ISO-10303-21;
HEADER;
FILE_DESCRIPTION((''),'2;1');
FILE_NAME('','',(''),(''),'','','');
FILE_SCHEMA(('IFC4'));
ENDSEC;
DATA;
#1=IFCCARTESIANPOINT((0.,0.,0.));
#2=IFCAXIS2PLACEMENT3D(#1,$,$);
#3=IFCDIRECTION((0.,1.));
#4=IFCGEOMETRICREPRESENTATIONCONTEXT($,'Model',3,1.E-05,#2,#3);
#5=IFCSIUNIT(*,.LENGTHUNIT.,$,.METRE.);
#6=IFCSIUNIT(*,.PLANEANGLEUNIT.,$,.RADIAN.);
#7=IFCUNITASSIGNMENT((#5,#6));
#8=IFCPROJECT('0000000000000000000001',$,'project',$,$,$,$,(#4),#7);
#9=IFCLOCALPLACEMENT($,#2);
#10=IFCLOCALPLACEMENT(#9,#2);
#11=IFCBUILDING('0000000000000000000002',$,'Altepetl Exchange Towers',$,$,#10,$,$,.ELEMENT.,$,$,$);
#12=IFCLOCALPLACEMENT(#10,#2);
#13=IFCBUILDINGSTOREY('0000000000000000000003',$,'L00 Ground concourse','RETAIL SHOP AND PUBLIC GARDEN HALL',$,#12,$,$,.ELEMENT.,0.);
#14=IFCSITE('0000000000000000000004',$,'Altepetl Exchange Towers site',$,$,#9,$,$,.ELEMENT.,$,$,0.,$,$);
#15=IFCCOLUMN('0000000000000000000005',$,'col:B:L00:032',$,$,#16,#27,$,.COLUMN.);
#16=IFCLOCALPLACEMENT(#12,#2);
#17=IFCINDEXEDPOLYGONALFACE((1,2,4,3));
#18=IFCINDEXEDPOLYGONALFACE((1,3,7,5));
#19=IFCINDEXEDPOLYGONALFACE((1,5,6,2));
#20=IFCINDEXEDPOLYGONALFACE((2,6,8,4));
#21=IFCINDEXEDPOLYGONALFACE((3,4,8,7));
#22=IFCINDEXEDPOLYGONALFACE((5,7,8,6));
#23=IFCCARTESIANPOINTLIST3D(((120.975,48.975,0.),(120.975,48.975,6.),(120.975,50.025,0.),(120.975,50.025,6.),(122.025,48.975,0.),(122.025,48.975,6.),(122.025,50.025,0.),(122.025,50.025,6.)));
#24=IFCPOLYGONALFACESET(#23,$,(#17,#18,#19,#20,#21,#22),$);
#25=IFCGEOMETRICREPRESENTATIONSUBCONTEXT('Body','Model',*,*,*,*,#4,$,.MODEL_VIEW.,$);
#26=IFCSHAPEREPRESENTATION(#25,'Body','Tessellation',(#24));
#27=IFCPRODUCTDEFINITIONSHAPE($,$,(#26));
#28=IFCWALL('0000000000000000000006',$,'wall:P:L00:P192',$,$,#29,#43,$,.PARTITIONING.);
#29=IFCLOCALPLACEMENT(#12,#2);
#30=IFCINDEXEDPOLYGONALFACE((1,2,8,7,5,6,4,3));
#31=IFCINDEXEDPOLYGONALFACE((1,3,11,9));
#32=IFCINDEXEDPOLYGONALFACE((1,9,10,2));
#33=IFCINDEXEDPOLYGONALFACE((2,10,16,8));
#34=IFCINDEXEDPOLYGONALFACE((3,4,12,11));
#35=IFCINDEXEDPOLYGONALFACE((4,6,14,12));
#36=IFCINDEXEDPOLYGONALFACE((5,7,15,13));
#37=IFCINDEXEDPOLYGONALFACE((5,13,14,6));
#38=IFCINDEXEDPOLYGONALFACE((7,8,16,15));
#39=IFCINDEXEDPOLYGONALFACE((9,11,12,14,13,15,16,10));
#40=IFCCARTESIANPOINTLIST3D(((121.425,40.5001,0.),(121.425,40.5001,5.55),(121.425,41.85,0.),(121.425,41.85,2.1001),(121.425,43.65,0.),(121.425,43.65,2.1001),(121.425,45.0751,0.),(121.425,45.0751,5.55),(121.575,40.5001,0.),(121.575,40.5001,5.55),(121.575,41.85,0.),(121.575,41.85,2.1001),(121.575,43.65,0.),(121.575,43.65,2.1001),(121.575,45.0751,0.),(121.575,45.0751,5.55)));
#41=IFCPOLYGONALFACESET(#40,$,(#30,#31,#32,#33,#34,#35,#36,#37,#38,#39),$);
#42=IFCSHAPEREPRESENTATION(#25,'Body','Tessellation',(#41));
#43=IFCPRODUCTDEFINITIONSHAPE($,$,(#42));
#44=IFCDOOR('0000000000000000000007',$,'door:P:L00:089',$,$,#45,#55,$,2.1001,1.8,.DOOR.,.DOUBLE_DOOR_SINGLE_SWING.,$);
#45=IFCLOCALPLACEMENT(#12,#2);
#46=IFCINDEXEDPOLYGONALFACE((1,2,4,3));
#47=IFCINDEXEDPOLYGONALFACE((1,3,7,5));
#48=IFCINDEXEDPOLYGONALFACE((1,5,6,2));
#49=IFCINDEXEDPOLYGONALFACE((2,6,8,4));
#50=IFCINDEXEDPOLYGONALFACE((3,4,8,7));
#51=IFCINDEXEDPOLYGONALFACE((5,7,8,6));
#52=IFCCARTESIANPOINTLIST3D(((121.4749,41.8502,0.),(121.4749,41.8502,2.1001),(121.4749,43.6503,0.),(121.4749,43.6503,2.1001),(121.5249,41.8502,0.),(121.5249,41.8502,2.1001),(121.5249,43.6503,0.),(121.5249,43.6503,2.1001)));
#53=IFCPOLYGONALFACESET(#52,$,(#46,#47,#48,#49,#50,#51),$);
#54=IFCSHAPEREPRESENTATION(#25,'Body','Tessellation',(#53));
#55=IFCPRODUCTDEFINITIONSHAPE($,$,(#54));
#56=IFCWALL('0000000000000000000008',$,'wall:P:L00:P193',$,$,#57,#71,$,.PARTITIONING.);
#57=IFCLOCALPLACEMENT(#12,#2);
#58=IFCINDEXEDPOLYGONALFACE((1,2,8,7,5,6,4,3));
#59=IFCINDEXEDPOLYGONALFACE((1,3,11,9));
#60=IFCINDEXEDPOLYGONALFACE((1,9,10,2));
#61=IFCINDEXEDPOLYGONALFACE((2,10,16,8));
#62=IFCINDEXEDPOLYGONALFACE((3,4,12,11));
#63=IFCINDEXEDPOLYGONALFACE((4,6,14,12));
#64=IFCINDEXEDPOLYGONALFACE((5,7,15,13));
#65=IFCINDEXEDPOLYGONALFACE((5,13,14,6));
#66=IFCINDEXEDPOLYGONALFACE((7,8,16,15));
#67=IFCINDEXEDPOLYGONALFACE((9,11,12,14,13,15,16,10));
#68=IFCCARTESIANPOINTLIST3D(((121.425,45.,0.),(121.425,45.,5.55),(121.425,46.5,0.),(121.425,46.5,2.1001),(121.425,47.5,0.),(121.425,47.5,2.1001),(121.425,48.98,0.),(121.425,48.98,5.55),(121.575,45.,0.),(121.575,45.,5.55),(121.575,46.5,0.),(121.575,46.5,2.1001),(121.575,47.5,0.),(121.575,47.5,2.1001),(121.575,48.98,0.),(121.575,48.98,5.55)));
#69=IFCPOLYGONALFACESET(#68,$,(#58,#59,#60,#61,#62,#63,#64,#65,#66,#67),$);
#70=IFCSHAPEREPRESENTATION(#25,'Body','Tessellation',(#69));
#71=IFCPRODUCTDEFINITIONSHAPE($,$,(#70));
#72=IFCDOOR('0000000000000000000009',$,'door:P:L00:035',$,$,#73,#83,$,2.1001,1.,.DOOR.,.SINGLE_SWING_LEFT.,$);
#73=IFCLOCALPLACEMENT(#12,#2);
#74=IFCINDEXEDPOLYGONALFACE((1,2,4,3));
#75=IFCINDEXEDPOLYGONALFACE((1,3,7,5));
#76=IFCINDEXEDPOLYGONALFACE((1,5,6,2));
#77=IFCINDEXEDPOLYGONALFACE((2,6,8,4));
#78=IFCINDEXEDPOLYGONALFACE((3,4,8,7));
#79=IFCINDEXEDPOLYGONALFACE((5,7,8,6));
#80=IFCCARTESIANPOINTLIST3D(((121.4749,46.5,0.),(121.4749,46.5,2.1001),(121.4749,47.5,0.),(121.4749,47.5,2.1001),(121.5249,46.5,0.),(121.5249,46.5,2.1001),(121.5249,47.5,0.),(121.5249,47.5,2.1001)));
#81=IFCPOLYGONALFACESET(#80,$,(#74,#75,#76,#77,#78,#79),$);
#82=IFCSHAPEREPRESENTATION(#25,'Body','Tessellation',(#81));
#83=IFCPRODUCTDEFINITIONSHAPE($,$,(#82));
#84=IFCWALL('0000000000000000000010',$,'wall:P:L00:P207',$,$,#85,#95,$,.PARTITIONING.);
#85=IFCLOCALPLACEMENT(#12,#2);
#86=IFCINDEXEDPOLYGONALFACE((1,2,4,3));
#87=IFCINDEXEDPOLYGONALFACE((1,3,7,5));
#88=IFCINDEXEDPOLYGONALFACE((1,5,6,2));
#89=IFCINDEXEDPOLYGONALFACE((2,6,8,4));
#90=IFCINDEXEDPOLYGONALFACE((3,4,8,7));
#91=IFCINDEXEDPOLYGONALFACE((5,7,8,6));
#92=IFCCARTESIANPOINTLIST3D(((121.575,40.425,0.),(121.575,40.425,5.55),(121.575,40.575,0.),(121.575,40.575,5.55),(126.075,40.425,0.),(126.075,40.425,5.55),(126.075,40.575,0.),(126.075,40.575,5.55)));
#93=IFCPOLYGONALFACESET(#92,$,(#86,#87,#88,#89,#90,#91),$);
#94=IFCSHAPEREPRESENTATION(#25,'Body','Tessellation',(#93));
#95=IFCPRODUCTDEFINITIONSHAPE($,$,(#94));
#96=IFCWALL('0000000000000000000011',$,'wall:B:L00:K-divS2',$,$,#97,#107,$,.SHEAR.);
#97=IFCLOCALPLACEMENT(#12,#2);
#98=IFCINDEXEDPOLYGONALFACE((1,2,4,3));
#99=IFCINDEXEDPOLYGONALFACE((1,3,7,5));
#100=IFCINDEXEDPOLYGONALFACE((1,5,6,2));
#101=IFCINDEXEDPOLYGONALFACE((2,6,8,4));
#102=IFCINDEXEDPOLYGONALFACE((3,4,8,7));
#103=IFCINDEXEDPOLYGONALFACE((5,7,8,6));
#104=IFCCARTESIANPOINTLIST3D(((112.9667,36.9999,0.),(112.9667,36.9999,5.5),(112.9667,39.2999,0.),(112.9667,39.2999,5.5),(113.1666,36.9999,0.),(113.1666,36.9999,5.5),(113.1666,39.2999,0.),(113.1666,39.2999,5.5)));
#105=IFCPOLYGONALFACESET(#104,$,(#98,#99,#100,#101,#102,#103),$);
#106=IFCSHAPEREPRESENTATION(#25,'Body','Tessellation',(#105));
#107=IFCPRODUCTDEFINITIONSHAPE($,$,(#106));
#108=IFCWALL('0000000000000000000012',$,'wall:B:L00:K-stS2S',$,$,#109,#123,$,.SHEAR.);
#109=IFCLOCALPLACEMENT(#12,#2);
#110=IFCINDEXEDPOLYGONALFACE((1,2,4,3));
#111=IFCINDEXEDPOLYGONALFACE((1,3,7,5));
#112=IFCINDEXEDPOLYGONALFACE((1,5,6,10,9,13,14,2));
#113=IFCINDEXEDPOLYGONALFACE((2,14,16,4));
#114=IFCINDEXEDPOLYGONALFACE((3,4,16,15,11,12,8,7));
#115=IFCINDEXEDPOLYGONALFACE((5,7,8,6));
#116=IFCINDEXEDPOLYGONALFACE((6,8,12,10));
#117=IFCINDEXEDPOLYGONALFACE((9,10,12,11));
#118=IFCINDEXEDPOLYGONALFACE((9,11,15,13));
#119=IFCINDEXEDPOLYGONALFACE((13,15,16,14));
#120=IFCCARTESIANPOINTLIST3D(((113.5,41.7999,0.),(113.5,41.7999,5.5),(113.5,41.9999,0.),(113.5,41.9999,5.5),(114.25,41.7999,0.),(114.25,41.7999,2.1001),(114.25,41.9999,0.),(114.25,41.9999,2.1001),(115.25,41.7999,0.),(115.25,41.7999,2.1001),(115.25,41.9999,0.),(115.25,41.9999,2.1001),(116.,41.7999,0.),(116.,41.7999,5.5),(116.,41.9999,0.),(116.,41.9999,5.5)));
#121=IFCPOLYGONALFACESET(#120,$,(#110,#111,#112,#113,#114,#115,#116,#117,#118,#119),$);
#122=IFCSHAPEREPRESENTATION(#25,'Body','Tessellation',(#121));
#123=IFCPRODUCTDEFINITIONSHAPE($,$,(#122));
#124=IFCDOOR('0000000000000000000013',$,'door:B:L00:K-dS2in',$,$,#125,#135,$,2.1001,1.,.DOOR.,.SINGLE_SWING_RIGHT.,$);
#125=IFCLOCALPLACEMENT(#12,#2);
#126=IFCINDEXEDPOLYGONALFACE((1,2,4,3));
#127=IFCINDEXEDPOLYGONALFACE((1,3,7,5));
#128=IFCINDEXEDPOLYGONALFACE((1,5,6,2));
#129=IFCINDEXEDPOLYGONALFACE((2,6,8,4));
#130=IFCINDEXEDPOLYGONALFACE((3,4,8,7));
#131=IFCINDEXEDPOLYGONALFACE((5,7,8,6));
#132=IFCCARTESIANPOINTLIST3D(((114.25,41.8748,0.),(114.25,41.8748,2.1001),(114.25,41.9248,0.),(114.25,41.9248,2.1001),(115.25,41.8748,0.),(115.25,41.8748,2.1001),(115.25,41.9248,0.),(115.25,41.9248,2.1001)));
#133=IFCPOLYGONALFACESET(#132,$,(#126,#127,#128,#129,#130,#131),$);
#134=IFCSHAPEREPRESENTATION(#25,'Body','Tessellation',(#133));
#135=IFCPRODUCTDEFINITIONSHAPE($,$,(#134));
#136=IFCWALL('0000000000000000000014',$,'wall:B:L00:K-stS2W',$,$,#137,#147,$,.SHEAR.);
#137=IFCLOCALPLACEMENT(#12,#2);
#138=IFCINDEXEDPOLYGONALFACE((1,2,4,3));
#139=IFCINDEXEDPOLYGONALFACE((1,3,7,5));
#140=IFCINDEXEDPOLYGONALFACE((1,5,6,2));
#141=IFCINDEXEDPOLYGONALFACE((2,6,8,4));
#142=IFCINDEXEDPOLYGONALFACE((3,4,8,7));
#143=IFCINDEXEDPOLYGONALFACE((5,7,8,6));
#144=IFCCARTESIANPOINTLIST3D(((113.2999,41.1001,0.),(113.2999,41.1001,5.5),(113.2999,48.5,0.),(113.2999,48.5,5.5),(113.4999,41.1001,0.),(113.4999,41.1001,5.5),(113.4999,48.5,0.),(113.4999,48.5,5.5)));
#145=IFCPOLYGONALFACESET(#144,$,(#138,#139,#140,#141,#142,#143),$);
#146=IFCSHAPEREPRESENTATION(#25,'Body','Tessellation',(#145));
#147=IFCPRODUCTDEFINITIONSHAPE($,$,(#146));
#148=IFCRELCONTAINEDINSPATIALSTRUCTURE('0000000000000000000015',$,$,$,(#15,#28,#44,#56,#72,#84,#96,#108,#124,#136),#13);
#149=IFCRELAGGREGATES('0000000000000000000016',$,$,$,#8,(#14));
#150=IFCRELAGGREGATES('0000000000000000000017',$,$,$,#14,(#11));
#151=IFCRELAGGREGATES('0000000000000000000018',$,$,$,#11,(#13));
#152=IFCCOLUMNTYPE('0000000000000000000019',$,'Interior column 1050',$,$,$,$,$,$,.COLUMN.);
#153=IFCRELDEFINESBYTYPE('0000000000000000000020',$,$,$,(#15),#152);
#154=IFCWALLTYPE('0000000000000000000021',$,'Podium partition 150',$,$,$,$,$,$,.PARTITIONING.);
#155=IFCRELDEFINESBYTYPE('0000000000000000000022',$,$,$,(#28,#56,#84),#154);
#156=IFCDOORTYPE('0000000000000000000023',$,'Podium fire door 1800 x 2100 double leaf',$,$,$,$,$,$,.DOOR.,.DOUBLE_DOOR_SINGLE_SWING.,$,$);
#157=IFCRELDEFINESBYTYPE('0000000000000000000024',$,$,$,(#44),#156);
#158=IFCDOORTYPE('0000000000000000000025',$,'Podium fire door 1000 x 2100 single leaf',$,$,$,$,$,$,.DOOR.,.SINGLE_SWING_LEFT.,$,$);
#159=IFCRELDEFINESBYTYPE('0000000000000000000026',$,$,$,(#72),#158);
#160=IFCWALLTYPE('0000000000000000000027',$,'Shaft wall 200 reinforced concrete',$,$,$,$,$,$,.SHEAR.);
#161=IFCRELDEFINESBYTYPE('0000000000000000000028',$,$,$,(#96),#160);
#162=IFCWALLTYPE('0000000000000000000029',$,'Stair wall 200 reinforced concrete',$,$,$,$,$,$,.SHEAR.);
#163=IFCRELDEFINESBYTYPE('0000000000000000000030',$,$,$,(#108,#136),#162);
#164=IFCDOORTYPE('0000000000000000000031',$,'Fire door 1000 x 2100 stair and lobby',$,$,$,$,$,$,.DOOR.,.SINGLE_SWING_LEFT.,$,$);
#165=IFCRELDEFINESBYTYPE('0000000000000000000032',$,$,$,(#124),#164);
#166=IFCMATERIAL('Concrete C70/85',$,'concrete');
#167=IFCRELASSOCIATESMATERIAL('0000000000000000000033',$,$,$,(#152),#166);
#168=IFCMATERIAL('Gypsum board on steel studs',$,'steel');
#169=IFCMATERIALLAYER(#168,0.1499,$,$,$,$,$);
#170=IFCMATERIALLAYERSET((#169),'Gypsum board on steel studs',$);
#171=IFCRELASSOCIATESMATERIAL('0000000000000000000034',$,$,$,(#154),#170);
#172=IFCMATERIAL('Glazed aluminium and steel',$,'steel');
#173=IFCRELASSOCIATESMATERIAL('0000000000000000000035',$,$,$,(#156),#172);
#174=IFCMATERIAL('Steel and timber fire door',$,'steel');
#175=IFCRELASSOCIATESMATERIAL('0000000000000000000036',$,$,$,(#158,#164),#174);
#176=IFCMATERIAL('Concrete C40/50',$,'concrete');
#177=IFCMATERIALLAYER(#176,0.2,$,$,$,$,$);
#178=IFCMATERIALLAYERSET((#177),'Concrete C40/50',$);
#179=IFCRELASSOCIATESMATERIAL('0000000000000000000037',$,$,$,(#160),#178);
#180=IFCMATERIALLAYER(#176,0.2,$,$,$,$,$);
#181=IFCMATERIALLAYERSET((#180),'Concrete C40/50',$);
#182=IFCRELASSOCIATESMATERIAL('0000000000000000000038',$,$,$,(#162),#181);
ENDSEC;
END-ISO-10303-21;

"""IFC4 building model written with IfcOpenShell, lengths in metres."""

from ifc_helpers import new_model, si_unit, direction, frame, frame_2d, origin, origin_2d, place, context, subcontext, project, spatial, rectangle, extrude, material, layer, layer_set, material_profile, profile_set, type_object, element, fill, save


model = new_model("IFC4")

# Units and contexts
model_context = context("Model", 3, precision=1e-05, world=origin(), true_north=direction((0.0, 1.0)))
body_context = subcontext(model_context, "Body", "Model", "MODEL_VIEW")
ifc_project = project(units=[si_unit("LENGTHUNIT", "METRE"), si_unit("PLANEANGLEUNIT", "RADIAN")], contexts=[model_context])

# Site, building, storey
site_placement = place(None, origin())
site = spatial("IfcSite", under=ifc_project, at=site_placement, Name="Altepetl Exchange Towers site", CompositionType="ELEMENT", RefElevation=0.0)
building_placement = place(site_placement, origin())
building = spatial("IfcBuilding", under=site, at=building_placement, Name="Altepetl Exchange Towers", CompositionType="ELEMENT")
storey_placement = place(building_placement, origin())
storey = spatial("IfcBuildingStorey", under=building, at=storey_placement, Name="L00 Ground concourse", Description="RETAIL SHOP AND PUBLIC GARDEN HALL", CompositionType="ELEMENT", Elevation=0.0)

# Column
ifc_material_1 = material(Name="Concrete C70/85", Category="concrete")
ifc_material_profile = material_profile(ifc_material_1, rectangle(XDim=1.05, YDim=1.05, at=origin_2d()), Name="1050 x 1050")
ifc_profile_set = profile_set([ifc_material_profile], Name="Concrete C70/85")
column_type = type_object("IfcColumnType", Name="Interior column 1050", PredefinedType="COLUMN", material=ifc_profile_set)
column_placement = place(storey_placement, frame((121.5, 49.5, 0.0)))
element("IfcColumn", 1, at=column_placement, inside=storey, type_object=column_type, Name="col:B:L00:032", PredefinedType="COLUMN", context=body_context, shape_type="SweptSolid", body=[
    extrude(rectangle(XDim=1.05, YDim=1.05, at=origin_2d()), origin(), (0.0, 0.0, 1.0), 6.0),
])

# Walls, openings, doors
ifc_material_2 = material(Name="Gypsum board on steel studs", Category="steel")
ifc_layer_1 = layer(ifc_material_2, 0.1499)
ifc_layer_set_1 = layer_set([ifc_layer_1], Name="Gypsum board on steel studs")
wall_type_1 = type_object("IfcWallType", Name="Podium partition 150", PredefinedType="PARTITIONING", material=ifc_layer_set_1)
wall_1_placement = place(storey_placement, frame((121.5, 40.5, 0.0), z_axis=(0.0, 0.0, 1.0), x_axis=(0.0, 1.0, 0.0)))
wall_1 = element("IfcWall", 2, at=wall_1_placement, inside=storey, type_object=wall_type_1, Name="wall:P:L00:P192", PredefinedType="PARTITIONING", context=body_context, shape_type="SweptSolid", body=[
    extrude(rectangle(XDim=4.575, YDim=0.1499, at=frame_2d((2.2876, 0.0))), origin(), (0.0, 0.0, 1.0), 5.55),
])
opening_1_placement = place(wall_1_placement, frame((1.3501, 0.0, 0.0)))
opening_1 = element("IfcOpeningElement", 3, at=opening_1_placement, cuts=wall_1, PredefinedType="OPENING", context=body_context, shape_type="SweptSolid", body=[
    extrude(rectangle(XDim=1.8, YDim=2.1001, at=frame_2d((0.8999, 1.05))), frame((0.0, 0.085, 0.0), z_axis=(0.0, -1.0, 0.0), x_axis=(1.0, 0.0, 0.0)), (0.0, 0.0, 1.0), 0.1699),
])
ifc_material_3 = material(Name="Glazed aluminium and steel", Category="steel")
door_type_1 = type_object("IfcDoorType", Name="Podium fire door 1800 x 2100 double leaf", OperationType="DOUBLE_DOOR_SINGLE_SWING", PredefinedType="DOOR", material=ifc_material_3)
door_1_placement = place(opening_1_placement, frame((1.8, 0.0, 0.0), x_axis=(-1.0, 0.0, 0.0)))
door_1 = element("IfcDoor", 4, at=door_1_placement, inside=storey, type_object=door_type_1, Name="door:P:L00:089", OperationType="DOUBLE_DOOR_SINGLE_SWING", OverallHeight=2.1001, OverallWidth=1.8, PredefinedType="DOOR", context=body_context, shape_type="SweptSolid", body=[
    extrude(rectangle(XDim=1.8, YDim=2.1001, at=frame_2d((0.8999, 1.05))), frame((0.0, 0.0249, 0.0), z_axis=(0.0, -1.0, 0.0), x_axis=(1.0, 0.0, 0.0)), (0.0, 0.0, 1.0), 0.05),
])
fill(opening_1, door_1)
wall_2_placement = place(storey_placement, frame((121.5, 45.0, 0.0), z_axis=(0.0, 0.0, 1.0), x_axis=(0.0, 1.0, 0.0)))
wall_2 = element("IfcWall", 5, at=wall_2_placement, inside=storey, type_object=wall_type_1, Name="wall:P:L00:P193", PredefinedType="PARTITIONING", context=body_context, shape_type="SweptSolid", body=[
    extrude(rectangle(XDim=3.98, YDim=0.1499, at=frame_2d((1.99, 0.0))), origin(), (0.0, 0.0, 1.0), 5.55),
])
opening_2_placement = place(wall_2_placement, frame((1.5, 0.0, 0.0)))
opening_2 = element("IfcOpeningElement", 6, at=opening_2_placement, cuts=wall_2, PredefinedType="OPENING", context=body_context, shape_type="SweptSolid", body=[
    extrude(rectangle(XDim=1.0, YDim=2.1001, at=frame_2d((0.5, 1.05))), frame((0.0, 0.085, 0.0), z_axis=(0.0, -1.0, 0.0), x_axis=(1.0, 0.0, 0.0)), (0.0, 0.0, 1.0), 0.1699),
])
ifc_material_4 = material(Name="Steel and timber fire door", Category="steel")
door_type_2 = type_object("IfcDoorType", Name="Podium fire door 1000 x 2100 single leaf", OperationType="SINGLE_SWING_LEFT", PredefinedType="DOOR", material=ifc_material_4)
door_2_placement = place(opening_2_placement, frame((1.0, 0.0, 0.0), x_axis=(-1.0, 0.0, 0.0)))
door_2 = element("IfcDoor", 7, at=door_2_placement, inside=storey, type_object=door_type_2, Name="door:P:L00:035", OperationType="SINGLE_SWING_LEFT", OverallHeight=2.1001, OverallWidth=1.0, PredefinedType="DOOR", context=body_context, shape_type="SweptSolid", body=[
    extrude(rectangle(XDim=1.0, YDim=2.1001, at=frame_2d((0.5, 1.05))), frame((0.0, 0.0249, 0.0), z_axis=(0.0, -1.0, 0.0), x_axis=(1.0, 0.0, 0.0)), (0.0, 0.0, 1.0), 0.05),
])
fill(opening_2, door_2)

# Walls
wall_3_placement = place(storey_placement, frame((121.575, 40.5, 0.0)))
element("IfcWall", 8, at=wall_3_placement, inside=storey, type_object=wall_type_1, Name="wall:P:L00:P207", PredefinedType="PARTITIONING", context=body_context, shape_type="SweptSolid", body=[
    extrude(rectangle(XDim=4.5, YDim=0.1499, at=frame_2d((2.25, 0.0))), origin(), (0.0, 0.0, 1.0), 5.55),
])
ifc_material_5 = material(Name="Concrete C40/50", Category="concrete")
ifc_layer_2 = layer(ifc_material_5, 0.2)
ifc_layer_set_2 = layer_set([ifc_layer_2], Name="Concrete C40/50")
wall_type_2 = type_object("IfcWallType", Name="Shaft wall 200 reinforced concrete", PredefinedType="SHEAR", material=ifc_layer_set_2)
wall_4_placement = place(storey_placement, frame((113.0667, 37.0, 0.0), z_axis=(0.0, 0.0, 1.0), x_axis=(0.0, 1.0, 0.0)))
element("IfcWall", 9, at=wall_4_placement, inside=storey, type_object=wall_type_2, Name="wall:B:L00:K-divS2", PredefinedType="SHEAR", context=body_context, shape_type="SweptSolid", body=[
    extrude(rectangle(XDim=2.3, YDim=0.2, at=frame_2d((1.1499, 0.0))), origin(), (0.0, 0.0, 1.0), 5.5),
])

# Wall, opening, door
ifc_layer_3 = layer(ifc_material_5, 0.2)
ifc_layer_set_3 = layer_set([ifc_layer_3], Name="Concrete C40/50")
wall_type_3 = type_object("IfcWallType", Name="Stair wall 200 reinforced concrete", PredefinedType="SHEAR", material=ifc_layer_set_3)
wall_5_placement = place(storey_placement, frame((113.5, 41.8999, 0.0)))
wall_5 = element("IfcWall", 10, at=wall_5_placement, inside=storey, type_object=wall_type_3, Name="wall:B:L00:K-stS2S", PredefinedType="SHEAR", context=body_context, shape_type="SweptSolid", body=[
    extrude(rectangle(XDim=2.5, YDim=0.2, at=frame_2d((1.25, 0.0))), origin(), (0.0, 0.0, 1.0), 5.5),
])
opening_3_placement = place(wall_5_placement, frame((0.75, 0.0, 0.0)))
opening_3 = element("IfcOpeningElement", 11, at=opening_3_placement, cuts=wall_5, PredefinedType="OPENING", context=body_context, shape_type="SweptSolid", body=[
    extrude(rectangle(XDim=1.0, YDim=2.1001, at=frame_2d((0.5, 1.05))), frame((0.0, 0.1099, 0.0), z_axis=(0.0, -1.0, 0.0), x_axis=(1.0, 0.0, 0.0)), (0.0, 0.0, 1.0), 0.22),
])
door_type_3 = type_object("IfcDoorType", Name="Fire door 1000 x 2100 stair and lobby", OperationType="SINGLE_SWING_LEFT", PredefinedType="DOOR", material=ifc_material_4)
door_3_placement = place(opening_3_placement, origin())
door_3 = element("IfcDoor", 12, at=door_3_placement, inside=storey, type_object=door_type_3, Name="door:B:L00:K-dS2in", OperationType="SINGLE_SWING_RIGHT", OverallHeight=2.1001, OverallWidth=1.0, PredefinedType="DOOR", context=body_context, shape_type="SweptSolid", body=[
    extrude(rectangle(XDim=1.0, YDim=2.1001, at=frame_2d((0.5, 1.05))), frame((0.0, 0.0249, 0.0), z_axis=(0.0, -1.0, 0.0), x_axis=(1.0, 0.0, 0.0)), (0.0, 0.0, 1.0), 0.05),
])
fill(opening_3, door_3)

# Wall
wall_6_placement = place(storey_placement, frame((113.3999, 41.1001, 0.0), z_axis=(0.0, 0.0, 1.0), x_axis=(0.0, 1.0, 0.0)))
element("IfcWall", 13, at=wall_6_placement, inside=storey, type_object=wall_type_3, Name="wall:B:L00:K-stS2W", PredefinedType="SHEAR", context=body_context, shape_type="SweptSolid", body=[
    extrude(rectangle(XDim=7.3999, YDim=0.2, at=frame_2d((3.7, 0.0))), origin(), (0.0, 0.0, 1.0), 5.5),
])

save(model, "model.ifc")
